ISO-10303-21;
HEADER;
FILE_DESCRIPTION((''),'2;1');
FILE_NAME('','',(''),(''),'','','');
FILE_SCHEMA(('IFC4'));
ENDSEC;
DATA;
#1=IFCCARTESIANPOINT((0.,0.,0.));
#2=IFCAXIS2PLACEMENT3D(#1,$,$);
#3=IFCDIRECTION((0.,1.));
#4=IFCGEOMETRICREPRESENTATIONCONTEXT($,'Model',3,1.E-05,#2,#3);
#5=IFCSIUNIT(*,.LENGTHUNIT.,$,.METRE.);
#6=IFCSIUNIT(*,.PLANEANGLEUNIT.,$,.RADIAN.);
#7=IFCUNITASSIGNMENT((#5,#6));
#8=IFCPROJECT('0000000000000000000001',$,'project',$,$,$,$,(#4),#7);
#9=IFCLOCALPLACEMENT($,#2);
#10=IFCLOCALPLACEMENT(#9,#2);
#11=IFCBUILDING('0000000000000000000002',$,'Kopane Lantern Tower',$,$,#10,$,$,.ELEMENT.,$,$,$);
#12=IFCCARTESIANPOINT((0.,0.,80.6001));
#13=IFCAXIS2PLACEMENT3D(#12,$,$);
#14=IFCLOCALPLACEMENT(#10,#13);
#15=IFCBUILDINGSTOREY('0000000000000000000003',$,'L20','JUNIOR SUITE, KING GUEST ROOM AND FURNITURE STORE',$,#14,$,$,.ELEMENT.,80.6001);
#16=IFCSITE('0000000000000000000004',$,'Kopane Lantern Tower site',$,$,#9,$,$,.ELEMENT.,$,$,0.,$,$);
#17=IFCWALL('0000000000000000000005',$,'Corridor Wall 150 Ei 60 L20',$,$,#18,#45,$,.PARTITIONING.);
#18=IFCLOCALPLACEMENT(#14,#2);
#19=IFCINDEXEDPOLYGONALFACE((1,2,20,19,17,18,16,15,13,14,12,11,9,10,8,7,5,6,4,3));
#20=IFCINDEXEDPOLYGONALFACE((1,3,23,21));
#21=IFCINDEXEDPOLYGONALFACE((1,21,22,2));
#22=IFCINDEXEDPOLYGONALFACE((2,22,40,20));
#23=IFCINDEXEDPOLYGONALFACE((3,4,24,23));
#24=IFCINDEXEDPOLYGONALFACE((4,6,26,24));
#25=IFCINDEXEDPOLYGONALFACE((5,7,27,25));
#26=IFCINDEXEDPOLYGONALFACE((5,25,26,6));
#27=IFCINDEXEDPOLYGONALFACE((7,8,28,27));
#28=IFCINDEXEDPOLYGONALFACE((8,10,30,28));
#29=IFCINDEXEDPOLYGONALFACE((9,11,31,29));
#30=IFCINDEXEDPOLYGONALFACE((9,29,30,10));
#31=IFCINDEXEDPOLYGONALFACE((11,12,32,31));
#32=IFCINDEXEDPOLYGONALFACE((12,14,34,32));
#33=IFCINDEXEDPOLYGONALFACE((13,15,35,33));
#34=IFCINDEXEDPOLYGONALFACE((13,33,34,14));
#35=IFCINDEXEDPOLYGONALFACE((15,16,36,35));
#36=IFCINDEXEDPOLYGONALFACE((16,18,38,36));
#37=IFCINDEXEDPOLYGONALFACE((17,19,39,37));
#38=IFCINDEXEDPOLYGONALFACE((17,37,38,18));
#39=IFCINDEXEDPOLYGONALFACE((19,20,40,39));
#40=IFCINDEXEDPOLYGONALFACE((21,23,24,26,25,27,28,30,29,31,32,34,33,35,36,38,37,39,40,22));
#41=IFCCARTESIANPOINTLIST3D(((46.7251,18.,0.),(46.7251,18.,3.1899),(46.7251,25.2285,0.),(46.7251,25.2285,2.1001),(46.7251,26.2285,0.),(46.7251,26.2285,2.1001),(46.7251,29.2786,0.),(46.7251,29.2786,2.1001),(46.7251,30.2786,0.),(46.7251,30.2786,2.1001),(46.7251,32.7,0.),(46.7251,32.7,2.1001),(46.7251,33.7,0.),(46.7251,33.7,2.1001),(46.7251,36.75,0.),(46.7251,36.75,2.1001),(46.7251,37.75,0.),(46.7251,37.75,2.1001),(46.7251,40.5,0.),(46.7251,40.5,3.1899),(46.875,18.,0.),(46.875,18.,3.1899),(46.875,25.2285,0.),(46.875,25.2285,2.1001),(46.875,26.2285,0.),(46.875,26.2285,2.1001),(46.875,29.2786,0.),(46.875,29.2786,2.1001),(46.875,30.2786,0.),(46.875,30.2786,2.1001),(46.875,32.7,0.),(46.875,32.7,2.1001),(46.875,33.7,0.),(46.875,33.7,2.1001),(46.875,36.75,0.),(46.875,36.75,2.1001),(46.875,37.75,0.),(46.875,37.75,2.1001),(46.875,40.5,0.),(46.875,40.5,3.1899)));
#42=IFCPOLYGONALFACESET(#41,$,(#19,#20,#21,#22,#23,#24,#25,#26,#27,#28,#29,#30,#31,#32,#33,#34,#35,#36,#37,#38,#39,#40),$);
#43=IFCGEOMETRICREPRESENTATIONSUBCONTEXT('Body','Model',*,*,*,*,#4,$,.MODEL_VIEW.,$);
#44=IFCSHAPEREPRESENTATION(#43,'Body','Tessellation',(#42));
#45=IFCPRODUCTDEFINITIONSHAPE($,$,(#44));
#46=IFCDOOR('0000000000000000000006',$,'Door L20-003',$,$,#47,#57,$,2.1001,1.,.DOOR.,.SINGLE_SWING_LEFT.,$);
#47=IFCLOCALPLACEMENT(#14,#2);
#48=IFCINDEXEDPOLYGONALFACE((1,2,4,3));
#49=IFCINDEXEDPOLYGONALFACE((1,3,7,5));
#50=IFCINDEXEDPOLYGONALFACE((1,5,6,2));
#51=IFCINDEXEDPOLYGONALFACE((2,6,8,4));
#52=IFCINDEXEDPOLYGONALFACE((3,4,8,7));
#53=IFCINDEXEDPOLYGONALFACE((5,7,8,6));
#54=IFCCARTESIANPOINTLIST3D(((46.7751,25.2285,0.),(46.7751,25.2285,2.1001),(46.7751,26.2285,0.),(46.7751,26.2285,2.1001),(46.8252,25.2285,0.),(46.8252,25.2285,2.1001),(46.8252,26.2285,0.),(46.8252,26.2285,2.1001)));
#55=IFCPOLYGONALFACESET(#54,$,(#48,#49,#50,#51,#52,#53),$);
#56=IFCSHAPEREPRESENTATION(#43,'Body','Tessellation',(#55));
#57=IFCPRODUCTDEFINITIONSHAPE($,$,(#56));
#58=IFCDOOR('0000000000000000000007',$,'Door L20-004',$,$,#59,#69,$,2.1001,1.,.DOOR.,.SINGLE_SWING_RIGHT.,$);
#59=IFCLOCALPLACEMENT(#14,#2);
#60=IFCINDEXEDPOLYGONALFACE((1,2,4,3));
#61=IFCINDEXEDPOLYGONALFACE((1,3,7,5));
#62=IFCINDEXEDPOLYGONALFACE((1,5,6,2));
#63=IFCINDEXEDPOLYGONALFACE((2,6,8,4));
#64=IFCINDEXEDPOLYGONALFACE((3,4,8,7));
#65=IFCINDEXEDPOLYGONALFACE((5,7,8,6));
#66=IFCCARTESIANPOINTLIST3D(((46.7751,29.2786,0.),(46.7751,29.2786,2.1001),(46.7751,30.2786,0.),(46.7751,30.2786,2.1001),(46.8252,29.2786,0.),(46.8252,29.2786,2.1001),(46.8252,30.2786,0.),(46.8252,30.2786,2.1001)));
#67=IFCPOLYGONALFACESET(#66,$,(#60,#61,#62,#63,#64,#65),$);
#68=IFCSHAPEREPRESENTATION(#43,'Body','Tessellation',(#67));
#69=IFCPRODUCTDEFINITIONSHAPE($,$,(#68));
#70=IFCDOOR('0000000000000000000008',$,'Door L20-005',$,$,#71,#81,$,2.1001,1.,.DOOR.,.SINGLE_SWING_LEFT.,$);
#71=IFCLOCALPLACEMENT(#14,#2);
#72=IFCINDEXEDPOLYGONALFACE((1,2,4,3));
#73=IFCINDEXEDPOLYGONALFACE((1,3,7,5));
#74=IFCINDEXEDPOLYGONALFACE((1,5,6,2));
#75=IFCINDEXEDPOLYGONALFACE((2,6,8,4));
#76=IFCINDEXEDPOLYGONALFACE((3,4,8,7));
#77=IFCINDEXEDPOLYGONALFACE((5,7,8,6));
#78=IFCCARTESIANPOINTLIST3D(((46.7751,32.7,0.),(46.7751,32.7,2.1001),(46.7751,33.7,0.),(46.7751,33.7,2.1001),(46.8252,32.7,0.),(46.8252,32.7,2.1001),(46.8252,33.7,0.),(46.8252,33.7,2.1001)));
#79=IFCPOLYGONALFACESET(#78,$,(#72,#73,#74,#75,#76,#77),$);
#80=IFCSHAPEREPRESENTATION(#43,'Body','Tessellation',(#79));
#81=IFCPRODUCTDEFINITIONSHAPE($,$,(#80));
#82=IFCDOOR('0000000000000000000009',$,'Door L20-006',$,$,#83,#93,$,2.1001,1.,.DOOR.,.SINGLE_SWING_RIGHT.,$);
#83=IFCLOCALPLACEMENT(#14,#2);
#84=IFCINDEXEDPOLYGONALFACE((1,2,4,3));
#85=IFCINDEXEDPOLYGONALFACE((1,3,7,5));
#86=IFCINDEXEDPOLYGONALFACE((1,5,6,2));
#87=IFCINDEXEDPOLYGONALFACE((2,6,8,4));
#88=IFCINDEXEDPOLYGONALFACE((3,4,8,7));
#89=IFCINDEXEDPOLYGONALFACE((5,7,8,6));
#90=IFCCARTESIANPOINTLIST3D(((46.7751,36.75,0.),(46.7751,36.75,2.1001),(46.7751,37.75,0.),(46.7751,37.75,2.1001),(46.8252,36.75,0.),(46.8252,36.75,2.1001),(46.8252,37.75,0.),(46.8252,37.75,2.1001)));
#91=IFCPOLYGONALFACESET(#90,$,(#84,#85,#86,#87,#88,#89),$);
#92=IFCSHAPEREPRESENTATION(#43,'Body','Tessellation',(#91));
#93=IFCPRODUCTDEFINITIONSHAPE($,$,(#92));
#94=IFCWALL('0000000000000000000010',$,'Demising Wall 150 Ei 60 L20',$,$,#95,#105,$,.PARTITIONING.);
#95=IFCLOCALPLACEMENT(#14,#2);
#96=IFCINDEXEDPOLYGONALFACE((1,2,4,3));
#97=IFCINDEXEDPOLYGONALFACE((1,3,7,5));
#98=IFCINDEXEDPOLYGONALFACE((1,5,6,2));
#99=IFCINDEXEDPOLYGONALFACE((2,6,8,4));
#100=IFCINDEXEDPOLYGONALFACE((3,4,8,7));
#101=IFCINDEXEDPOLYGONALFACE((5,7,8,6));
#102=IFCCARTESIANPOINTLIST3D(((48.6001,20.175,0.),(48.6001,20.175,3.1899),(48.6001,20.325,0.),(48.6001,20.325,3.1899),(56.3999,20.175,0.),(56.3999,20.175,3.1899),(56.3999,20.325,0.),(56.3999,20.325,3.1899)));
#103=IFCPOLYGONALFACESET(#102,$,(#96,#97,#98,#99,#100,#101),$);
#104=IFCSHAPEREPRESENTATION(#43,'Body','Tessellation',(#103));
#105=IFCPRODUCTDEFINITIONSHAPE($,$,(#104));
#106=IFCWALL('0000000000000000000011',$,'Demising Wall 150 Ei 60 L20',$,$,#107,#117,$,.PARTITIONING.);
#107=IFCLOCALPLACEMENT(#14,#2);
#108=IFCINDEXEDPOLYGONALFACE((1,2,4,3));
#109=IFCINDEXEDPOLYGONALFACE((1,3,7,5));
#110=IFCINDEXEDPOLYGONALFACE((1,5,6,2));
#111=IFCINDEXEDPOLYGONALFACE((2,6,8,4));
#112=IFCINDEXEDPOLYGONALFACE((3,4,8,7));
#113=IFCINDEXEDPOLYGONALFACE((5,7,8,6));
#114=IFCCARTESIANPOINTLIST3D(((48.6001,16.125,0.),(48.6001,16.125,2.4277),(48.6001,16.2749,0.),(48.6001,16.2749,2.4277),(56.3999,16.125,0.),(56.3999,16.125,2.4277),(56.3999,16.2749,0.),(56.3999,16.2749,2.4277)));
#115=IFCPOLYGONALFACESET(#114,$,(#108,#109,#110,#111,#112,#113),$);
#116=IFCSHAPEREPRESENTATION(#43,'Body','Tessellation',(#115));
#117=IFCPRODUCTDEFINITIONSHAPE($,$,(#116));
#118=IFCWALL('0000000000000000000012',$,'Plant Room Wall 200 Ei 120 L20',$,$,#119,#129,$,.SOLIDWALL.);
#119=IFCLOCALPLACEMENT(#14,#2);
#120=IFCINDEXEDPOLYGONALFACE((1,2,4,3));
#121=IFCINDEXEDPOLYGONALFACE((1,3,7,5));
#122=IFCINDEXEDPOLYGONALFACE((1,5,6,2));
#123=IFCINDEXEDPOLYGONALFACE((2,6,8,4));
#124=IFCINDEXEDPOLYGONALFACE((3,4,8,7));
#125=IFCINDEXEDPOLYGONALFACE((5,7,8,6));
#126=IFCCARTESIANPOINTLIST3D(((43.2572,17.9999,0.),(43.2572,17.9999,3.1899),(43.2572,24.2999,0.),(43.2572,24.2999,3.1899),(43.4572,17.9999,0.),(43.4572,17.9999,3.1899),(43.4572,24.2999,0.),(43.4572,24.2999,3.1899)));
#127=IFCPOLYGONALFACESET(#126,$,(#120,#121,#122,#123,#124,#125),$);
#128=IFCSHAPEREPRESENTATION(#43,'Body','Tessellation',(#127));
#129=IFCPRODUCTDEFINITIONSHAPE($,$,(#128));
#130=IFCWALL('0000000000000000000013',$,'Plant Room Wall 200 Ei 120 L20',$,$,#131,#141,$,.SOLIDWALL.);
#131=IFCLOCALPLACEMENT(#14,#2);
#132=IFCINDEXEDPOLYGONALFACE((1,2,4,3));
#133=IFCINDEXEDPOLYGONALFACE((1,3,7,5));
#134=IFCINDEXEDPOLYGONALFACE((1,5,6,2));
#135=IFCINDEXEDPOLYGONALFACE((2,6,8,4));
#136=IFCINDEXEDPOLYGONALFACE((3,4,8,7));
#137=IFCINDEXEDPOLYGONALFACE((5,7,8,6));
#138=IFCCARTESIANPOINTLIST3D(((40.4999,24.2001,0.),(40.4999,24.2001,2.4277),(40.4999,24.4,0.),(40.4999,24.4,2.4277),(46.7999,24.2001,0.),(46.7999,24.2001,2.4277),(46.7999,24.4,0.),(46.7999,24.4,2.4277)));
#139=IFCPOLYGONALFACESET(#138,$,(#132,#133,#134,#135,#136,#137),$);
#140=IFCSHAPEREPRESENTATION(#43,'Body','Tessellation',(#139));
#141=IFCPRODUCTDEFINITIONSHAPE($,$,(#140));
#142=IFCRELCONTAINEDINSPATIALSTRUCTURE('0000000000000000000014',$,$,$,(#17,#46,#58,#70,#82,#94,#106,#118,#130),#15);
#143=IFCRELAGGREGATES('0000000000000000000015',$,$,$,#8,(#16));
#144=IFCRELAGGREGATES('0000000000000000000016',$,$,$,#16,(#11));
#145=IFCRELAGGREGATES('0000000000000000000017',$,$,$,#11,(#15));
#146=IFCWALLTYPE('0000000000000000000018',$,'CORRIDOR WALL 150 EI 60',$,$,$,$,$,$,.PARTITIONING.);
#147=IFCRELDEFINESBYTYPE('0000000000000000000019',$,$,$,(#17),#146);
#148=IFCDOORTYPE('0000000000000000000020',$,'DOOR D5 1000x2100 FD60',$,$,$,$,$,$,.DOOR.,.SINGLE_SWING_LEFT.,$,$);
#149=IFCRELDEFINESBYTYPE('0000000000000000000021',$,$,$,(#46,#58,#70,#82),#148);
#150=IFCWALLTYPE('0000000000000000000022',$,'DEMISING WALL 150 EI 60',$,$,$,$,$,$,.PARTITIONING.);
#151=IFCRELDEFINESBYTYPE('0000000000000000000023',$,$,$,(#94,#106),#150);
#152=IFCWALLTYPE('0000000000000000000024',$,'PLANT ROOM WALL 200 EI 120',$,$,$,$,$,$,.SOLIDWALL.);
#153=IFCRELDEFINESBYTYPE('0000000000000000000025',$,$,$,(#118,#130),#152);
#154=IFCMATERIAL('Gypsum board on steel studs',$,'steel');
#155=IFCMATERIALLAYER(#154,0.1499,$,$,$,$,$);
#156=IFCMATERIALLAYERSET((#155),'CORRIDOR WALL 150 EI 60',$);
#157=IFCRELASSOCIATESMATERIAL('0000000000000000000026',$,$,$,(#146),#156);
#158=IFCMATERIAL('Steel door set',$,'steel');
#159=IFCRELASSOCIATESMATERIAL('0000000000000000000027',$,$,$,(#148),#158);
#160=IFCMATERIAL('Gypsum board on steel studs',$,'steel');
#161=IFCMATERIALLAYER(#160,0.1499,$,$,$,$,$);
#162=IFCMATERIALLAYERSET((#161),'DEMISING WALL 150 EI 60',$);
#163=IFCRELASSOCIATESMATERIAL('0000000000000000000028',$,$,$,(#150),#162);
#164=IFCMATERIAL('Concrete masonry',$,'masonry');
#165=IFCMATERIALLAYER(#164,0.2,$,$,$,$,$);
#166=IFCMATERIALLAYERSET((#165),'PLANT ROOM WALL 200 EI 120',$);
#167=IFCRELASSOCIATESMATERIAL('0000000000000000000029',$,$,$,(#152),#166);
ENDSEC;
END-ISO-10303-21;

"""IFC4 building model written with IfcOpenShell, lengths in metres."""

from ifc_helpers import new_model, si_unit, direction, frame, frame_2d, origin, place, context, subcontext, project, spatial, rectangle, extrude, material, layer, layer_set, type_object, element, fill, save


model = new_model("IFC4")

# Units and contexts
model_context = context("Model", 3, precision=1e-05, world=origin(), true_north=direction((0.0, 1.0)))
body_context = subcontext(model_context, "Body", "Model", "MODEL_VIEW")
ifc_project = project(units=[si_unit("LENGTHUNIT", "METRE"), si_unit("PLANEANGLEUNIT", "RADIAN")], contexts=[model_context])

# Site, building, storey
site_placement = place(None, origin())
site = spatial("IfcSite", under=ifc_project, at=site_placement, Name="Kopane Lantern Tower site", CompositionType="ELEMENT", RefElevation=0.0)
building_placement = place(site_placement, origin())
building = spatial("IfcBuilding", under=site, at=building_placement, Name="Kopane Lantern Tower", CompositionType="ELEMENT")
storey_placement = place(building_placement, frame((0.0, 0.0, 80.6001)))
storey = spatial("IfcBuildingStorey", under=building, at=storey_placement, Name="L20", Description="JUNIOR SUITE, KING GUEST ROOM AND FURNITURE STORE", CompositionType="ELEMENT", Elevation=80.6001)

# Wall, openings, doors
ifc_material_1 = material(Name="Gypsum board on steel studs", Category="steel")
ifc_layer_1 = layer(ifc_material_1, 0.1499)
ifc_layer_set_1 = layer_set([ifc_layer_1], Name="CORRIDOR WALL 150 EI 60")
wall_type_1 = type_object("IfcWallType", Name="CORRIDOR WALL 150 EI 60", PredefinedType="PARTITIONING", material=ifc_layer_set_1)
wall_1_placement = place(storey_placement, frame((46.8, 18.0, 0.0), z_axis=(0.0, 0.0, 1.0), x_axis=(0.0, 1.0, 0.0)))
wall_1 = element("IfcWall", 1, at=wall_1_placement, inside=storey, type_object=wall_type_1, Name="Corridor Wall 150 Ei 60 L20", PredefinedType="PARTITIONING", context=body_context, shape_type="SweptSolid", body=[
    extrude(rectangle(XDim=22.5, YDim=0.1499, at=frame_2d((11.25, 0.0))), origin(), (0.0, 0.0, 1.0), 3.1899),
])
opening_1_placement = place(wall_1_placement, frame((7.2285, 0.0, 0.0)))
opening_1 = element("IfcOpeningElement", 2, at=opening_1_placement, cuts=wall_1, PredefinedType="OPENING", context=body_context, shape_type="SweptSolid", body=[
    extrude(rectangle(XDim=1.0, YDim=2.1001, at=frame_2d((0.5, 1.05))), frame((0.0, 0.085, 0.0), z_axis=(0.0, -1.0, 0.0), x_axis=(1.0, 0.0, 0.0)), (0.0, 0.0, 1.0), 0.1699),
])
opening_2_placement = place(wall_1_placement, frame((11.2786, 0.0, 0.0)))
opening_2 = element("IfcOpeningElement", 3, at=opening_2_placement, cuts=wall_1, PredefinedType="OPENING", context=body_context, shape_type="SweptSolid", body=[
    extrude(rectangle(XDim=1.0, YDim=2.1001, at=frame_2d((0.5, 1.05))), frame((0.0, 0.085, 0.0), z_axis=(0.0, -1.0, 0.0), x_axis=(1.0, 0.0, 0.0)), (0.0, 0.0, 1.0), 0.1699),
])
opening_3_placement = place(wall_1_placement, frame((14.7, 0.0, 0.0)))
opening_3 = element("IfcOpeningElement", 4, at=opening_3_placement, cuts=wall_1, PredefinedType="OPENING", context=body_context, shape_type="SweptSolid", body=[
    extrude(rectangle(XDim=1.0, YDim=2.1001, at=frame_2d((0.5, 1.05))), frame((0.0, 0.085, 0.0), z_axis=(0.0, -1.0, 0.0), x_axis=(1.0, 0.0, 0.0)), (0.0, 0.0, 1.0), 0.1699),
])
opening_4_placement = place(wall_1_placement, frame((18.75, 0.0, 0.0)))
opening_4 = element("IfcOpeningElement", 5, at=opening_4_placement, cuts=wall_1, PredefinedType="OPENING", context=body_context, shape_type="SweptSolid", body=[
    extrude(rectangle(XDim=1.0, YDim=2.1001, at=frame_2d((0.5, 1.05))), frame((0.0, 0.085, 0.0), z_axis=(0.0, -1.0, 0.0), x_axis=(1.0, 0.0, 0.0)), (0.0, 0.0, 1.0), 0.1699),
])
ifc_material_2 = material(Name="Steel door set", Category="steel")
door_type_1 = type_object("IfcDoorType", Name="DOOR D5 1000x2100 FD60", OperationType="SINGLE_SWING_LEFT", PredefinedType="DOOR", material=ifc_material_2)
door_1_placement = place(opening_1_placement, origin())
door_1 = element("IfcDoor", 6, at=door_1_placement, inside=storey, type_object=door_type_1, Name="Door L20-003", OperationType="SINGLE_SWING_LEFT", OverallHeight=2.1001, OverallWidth=1.0, PredefinedType="DOOR", context=body_context, shape_type="SweptSolid", body=[
    extrude(rectangle(XDim=1.0, YDim=2.1001, at=frame_2d((0.5, 1.05))), frame((0.0, 0.0249, 0.0), z_axis=(0.0, -1.0, 0.0), x_axis=(1.0, 0.0, 0.0)), (0.0, 0.0, 1.0), 0.05),
])
fill(opening_1, door_1)
door_2_placement = place(opening_2_placement, origin())
door_2 = element("IfcDoor", 7, at=door_2_placement, inside=storey, type_object=door_type_1, Name="Door L20-004", OperationType="SINGLE_SWING_RIGHT", OverallHeight=2.1001, OverallWidth=1.0, PredefinedType="DOOR", context=body_context, shape_type="SweptSolid", body=[
    extrude(rectangle(XDim=1.0, YDim=2.1001, at=frame_2d((0.5, 1.05))), frame((0.0, 0.0249, 0.0), z_axis=(0.0, -1.0, 0.0), x_axis=(1.0, 0.0, 0.0)), (0.0, 0.0, 1.0), 0.05),
])
fill(opening_2, door_2)
door_3_placement = place(opening_3_placement, origin())
door_3 = element("IfcDoor", 8, at=door_3_placement, inside=storey, type_object=door_type_1, Name="Door L20-005", OperationType="SINGLE_SWING_LEFT", OverallHeight=2.1001, OverallWidth=1.0, PredefinedType="DOOR", context=body_context, shape_type="SweptSolid", body=[
    extrude(rectangle(XDim=1.0, YDim=2.1001, at=frame_2d((0.5, 1.05))), frame((0.0, 0.0249, 0.0), z_axis=(0.0, -1.0, 0.0), x_axis=(1.0, 0.0, 0.0)), (0.0, 0.0, 1.0), 0.05),
])
fill(opening_3, door_3)
door_4_placement = place(opening_4_placement, origin())
door_4 = element("IfcDoor", 9, at=door_4_placement, inside=storey, type_object=door_type_1, Name="Door L20-006", OperationType="SINGLE_SWING_RIGHT", OverallHeight=2.1001, OverallWidth=1.0, PredefinedType="DOOR", context=body_context, shape_type="SweptSolid", body=[
    extrude(rectangle(XDim=1.0, YDim=2.1001, at=frame_2d((0.5, 1.05))), frame((0.0, 0.0249, 0.0), z_axis=(0.0, -1.0, 0.0), x_axis=(1.0, 0.0, 0.0)), (0.0, 0.0, 1.0), 0.05),
])
fill(opening_4, door_4)

# Walls
ifc_material_3 = material(Name="Gypsum board on steel studs", Category="steel")
ifc_layer_2 = layer(ifc_material_3, 0.1499)
ifc_layer_set_2 = layer_set([ifc_layer_2], Name="DEMISING WALL 150 EI 60")
wall_type_2 = type_object("IfcWallType", Name="DEMISING WALL 150 EI 60", PredefinedType="PARTITIONING", material=ifc_layer_set_2)
wall_2_placement = place(storey_placement, frame((48.6001, 20.25, 0.0), z_axis=(0.0, 0.0, 1.0), x_axis=(1.0, 0.0, 0.0)))
element("IfcWall", 10, at=wall_2_placement, inside=storey, type_object=wall_type_2, Name="Demising Wall 150 Ei 60 L20", PredefinedType="PARTITIONING", context=body_context, shape_type="SweptSolid", body=[
    extrude(rectangle(XDim=7.7998, YDim=0.1499, at=frame_2d((3.8999, 0.0))), origin(), (0.0, 0.0, 1.0), 3.1899),
])
wall_3_placement = place(storey_placement, frame((48.6001, 16.2, 0.0), z_axis=(0.0, 0.0, 1.0), x_axis=(1.0, 0.0, 0.0)))
element("IfcWall", 11, at=wall_3_placement, inside=storey, type_object=wall_type_2, Name="Demising Wall 150 Ei 60 L20", PredefinedType="PARTITIONING", context=body_context, shape_type="SweptSolid", body=[
    extrude(rectangle(XDim=7.7998, YDim=0.1499, at=frame_2d((3.8999, 0.0))), origin(), (0.0, 0.0, 1.0), 2.4277),
])
ifc_material_4 = material(Name="Concrete masonry", Category="masonry")
ifc_layer_3 = layer(ifc_material_4, 0.2)
ifc_layer_set_3 = layer_set([ifc_layer_3], Name="PLANT ROOM WALL 200 EI 120")
wall_type_3 = type_object("IfcWallType", Name="PLANT ROOM WALL 200 EI 120", PredefinedType="SOLIDWALL", material=ifc_layer_set_3)
wall_4_placement = place(storey_placement, frame((43.3572, 18.0, 0.0), z_axis=(0.0, 0.0, 1.0), x_axis=(0.0, 1.0, 0.0)))
element("IfcWall", 12, at=wall_4_placement, inside=storey, type_object=wall_type_3, Name="Plant Room Wall 200 Ei 120 L20", PredefinedType="SOLIDWALL", context=body_context, shape_type="SweptSolid", body=[
    extrude(rectangle(XDim=6.3, YDim=0.2, at=frame_2d((3.1499, 0.0))), origin(), (0.0, 0.0, 1.0), 3.1899),
])
wall_5_placement = place(storey_placement, frame((40.5, 24.3, 0.0), z_axis=(0.0, 0.0, 1.0), x_axis=(1.0, 0.0, 0.0)))
element("IfcWall", 13, at=wall_5_placement, inside=storey, type_object=wall_type_3, Name="Plant Room Wall 200 Ei 120 L20", PredefinedType="SOLIDWALL", context=body_context, shape_type="SweptSolid", body=[
    extrude(rectangle(XDim=6.3, YDim=0.2, at=frame_2d((3.1499, 0.0))), origin(), (0.0, 0.0, 1.0), 2.4277),
])

save(model, "model.ifc")
